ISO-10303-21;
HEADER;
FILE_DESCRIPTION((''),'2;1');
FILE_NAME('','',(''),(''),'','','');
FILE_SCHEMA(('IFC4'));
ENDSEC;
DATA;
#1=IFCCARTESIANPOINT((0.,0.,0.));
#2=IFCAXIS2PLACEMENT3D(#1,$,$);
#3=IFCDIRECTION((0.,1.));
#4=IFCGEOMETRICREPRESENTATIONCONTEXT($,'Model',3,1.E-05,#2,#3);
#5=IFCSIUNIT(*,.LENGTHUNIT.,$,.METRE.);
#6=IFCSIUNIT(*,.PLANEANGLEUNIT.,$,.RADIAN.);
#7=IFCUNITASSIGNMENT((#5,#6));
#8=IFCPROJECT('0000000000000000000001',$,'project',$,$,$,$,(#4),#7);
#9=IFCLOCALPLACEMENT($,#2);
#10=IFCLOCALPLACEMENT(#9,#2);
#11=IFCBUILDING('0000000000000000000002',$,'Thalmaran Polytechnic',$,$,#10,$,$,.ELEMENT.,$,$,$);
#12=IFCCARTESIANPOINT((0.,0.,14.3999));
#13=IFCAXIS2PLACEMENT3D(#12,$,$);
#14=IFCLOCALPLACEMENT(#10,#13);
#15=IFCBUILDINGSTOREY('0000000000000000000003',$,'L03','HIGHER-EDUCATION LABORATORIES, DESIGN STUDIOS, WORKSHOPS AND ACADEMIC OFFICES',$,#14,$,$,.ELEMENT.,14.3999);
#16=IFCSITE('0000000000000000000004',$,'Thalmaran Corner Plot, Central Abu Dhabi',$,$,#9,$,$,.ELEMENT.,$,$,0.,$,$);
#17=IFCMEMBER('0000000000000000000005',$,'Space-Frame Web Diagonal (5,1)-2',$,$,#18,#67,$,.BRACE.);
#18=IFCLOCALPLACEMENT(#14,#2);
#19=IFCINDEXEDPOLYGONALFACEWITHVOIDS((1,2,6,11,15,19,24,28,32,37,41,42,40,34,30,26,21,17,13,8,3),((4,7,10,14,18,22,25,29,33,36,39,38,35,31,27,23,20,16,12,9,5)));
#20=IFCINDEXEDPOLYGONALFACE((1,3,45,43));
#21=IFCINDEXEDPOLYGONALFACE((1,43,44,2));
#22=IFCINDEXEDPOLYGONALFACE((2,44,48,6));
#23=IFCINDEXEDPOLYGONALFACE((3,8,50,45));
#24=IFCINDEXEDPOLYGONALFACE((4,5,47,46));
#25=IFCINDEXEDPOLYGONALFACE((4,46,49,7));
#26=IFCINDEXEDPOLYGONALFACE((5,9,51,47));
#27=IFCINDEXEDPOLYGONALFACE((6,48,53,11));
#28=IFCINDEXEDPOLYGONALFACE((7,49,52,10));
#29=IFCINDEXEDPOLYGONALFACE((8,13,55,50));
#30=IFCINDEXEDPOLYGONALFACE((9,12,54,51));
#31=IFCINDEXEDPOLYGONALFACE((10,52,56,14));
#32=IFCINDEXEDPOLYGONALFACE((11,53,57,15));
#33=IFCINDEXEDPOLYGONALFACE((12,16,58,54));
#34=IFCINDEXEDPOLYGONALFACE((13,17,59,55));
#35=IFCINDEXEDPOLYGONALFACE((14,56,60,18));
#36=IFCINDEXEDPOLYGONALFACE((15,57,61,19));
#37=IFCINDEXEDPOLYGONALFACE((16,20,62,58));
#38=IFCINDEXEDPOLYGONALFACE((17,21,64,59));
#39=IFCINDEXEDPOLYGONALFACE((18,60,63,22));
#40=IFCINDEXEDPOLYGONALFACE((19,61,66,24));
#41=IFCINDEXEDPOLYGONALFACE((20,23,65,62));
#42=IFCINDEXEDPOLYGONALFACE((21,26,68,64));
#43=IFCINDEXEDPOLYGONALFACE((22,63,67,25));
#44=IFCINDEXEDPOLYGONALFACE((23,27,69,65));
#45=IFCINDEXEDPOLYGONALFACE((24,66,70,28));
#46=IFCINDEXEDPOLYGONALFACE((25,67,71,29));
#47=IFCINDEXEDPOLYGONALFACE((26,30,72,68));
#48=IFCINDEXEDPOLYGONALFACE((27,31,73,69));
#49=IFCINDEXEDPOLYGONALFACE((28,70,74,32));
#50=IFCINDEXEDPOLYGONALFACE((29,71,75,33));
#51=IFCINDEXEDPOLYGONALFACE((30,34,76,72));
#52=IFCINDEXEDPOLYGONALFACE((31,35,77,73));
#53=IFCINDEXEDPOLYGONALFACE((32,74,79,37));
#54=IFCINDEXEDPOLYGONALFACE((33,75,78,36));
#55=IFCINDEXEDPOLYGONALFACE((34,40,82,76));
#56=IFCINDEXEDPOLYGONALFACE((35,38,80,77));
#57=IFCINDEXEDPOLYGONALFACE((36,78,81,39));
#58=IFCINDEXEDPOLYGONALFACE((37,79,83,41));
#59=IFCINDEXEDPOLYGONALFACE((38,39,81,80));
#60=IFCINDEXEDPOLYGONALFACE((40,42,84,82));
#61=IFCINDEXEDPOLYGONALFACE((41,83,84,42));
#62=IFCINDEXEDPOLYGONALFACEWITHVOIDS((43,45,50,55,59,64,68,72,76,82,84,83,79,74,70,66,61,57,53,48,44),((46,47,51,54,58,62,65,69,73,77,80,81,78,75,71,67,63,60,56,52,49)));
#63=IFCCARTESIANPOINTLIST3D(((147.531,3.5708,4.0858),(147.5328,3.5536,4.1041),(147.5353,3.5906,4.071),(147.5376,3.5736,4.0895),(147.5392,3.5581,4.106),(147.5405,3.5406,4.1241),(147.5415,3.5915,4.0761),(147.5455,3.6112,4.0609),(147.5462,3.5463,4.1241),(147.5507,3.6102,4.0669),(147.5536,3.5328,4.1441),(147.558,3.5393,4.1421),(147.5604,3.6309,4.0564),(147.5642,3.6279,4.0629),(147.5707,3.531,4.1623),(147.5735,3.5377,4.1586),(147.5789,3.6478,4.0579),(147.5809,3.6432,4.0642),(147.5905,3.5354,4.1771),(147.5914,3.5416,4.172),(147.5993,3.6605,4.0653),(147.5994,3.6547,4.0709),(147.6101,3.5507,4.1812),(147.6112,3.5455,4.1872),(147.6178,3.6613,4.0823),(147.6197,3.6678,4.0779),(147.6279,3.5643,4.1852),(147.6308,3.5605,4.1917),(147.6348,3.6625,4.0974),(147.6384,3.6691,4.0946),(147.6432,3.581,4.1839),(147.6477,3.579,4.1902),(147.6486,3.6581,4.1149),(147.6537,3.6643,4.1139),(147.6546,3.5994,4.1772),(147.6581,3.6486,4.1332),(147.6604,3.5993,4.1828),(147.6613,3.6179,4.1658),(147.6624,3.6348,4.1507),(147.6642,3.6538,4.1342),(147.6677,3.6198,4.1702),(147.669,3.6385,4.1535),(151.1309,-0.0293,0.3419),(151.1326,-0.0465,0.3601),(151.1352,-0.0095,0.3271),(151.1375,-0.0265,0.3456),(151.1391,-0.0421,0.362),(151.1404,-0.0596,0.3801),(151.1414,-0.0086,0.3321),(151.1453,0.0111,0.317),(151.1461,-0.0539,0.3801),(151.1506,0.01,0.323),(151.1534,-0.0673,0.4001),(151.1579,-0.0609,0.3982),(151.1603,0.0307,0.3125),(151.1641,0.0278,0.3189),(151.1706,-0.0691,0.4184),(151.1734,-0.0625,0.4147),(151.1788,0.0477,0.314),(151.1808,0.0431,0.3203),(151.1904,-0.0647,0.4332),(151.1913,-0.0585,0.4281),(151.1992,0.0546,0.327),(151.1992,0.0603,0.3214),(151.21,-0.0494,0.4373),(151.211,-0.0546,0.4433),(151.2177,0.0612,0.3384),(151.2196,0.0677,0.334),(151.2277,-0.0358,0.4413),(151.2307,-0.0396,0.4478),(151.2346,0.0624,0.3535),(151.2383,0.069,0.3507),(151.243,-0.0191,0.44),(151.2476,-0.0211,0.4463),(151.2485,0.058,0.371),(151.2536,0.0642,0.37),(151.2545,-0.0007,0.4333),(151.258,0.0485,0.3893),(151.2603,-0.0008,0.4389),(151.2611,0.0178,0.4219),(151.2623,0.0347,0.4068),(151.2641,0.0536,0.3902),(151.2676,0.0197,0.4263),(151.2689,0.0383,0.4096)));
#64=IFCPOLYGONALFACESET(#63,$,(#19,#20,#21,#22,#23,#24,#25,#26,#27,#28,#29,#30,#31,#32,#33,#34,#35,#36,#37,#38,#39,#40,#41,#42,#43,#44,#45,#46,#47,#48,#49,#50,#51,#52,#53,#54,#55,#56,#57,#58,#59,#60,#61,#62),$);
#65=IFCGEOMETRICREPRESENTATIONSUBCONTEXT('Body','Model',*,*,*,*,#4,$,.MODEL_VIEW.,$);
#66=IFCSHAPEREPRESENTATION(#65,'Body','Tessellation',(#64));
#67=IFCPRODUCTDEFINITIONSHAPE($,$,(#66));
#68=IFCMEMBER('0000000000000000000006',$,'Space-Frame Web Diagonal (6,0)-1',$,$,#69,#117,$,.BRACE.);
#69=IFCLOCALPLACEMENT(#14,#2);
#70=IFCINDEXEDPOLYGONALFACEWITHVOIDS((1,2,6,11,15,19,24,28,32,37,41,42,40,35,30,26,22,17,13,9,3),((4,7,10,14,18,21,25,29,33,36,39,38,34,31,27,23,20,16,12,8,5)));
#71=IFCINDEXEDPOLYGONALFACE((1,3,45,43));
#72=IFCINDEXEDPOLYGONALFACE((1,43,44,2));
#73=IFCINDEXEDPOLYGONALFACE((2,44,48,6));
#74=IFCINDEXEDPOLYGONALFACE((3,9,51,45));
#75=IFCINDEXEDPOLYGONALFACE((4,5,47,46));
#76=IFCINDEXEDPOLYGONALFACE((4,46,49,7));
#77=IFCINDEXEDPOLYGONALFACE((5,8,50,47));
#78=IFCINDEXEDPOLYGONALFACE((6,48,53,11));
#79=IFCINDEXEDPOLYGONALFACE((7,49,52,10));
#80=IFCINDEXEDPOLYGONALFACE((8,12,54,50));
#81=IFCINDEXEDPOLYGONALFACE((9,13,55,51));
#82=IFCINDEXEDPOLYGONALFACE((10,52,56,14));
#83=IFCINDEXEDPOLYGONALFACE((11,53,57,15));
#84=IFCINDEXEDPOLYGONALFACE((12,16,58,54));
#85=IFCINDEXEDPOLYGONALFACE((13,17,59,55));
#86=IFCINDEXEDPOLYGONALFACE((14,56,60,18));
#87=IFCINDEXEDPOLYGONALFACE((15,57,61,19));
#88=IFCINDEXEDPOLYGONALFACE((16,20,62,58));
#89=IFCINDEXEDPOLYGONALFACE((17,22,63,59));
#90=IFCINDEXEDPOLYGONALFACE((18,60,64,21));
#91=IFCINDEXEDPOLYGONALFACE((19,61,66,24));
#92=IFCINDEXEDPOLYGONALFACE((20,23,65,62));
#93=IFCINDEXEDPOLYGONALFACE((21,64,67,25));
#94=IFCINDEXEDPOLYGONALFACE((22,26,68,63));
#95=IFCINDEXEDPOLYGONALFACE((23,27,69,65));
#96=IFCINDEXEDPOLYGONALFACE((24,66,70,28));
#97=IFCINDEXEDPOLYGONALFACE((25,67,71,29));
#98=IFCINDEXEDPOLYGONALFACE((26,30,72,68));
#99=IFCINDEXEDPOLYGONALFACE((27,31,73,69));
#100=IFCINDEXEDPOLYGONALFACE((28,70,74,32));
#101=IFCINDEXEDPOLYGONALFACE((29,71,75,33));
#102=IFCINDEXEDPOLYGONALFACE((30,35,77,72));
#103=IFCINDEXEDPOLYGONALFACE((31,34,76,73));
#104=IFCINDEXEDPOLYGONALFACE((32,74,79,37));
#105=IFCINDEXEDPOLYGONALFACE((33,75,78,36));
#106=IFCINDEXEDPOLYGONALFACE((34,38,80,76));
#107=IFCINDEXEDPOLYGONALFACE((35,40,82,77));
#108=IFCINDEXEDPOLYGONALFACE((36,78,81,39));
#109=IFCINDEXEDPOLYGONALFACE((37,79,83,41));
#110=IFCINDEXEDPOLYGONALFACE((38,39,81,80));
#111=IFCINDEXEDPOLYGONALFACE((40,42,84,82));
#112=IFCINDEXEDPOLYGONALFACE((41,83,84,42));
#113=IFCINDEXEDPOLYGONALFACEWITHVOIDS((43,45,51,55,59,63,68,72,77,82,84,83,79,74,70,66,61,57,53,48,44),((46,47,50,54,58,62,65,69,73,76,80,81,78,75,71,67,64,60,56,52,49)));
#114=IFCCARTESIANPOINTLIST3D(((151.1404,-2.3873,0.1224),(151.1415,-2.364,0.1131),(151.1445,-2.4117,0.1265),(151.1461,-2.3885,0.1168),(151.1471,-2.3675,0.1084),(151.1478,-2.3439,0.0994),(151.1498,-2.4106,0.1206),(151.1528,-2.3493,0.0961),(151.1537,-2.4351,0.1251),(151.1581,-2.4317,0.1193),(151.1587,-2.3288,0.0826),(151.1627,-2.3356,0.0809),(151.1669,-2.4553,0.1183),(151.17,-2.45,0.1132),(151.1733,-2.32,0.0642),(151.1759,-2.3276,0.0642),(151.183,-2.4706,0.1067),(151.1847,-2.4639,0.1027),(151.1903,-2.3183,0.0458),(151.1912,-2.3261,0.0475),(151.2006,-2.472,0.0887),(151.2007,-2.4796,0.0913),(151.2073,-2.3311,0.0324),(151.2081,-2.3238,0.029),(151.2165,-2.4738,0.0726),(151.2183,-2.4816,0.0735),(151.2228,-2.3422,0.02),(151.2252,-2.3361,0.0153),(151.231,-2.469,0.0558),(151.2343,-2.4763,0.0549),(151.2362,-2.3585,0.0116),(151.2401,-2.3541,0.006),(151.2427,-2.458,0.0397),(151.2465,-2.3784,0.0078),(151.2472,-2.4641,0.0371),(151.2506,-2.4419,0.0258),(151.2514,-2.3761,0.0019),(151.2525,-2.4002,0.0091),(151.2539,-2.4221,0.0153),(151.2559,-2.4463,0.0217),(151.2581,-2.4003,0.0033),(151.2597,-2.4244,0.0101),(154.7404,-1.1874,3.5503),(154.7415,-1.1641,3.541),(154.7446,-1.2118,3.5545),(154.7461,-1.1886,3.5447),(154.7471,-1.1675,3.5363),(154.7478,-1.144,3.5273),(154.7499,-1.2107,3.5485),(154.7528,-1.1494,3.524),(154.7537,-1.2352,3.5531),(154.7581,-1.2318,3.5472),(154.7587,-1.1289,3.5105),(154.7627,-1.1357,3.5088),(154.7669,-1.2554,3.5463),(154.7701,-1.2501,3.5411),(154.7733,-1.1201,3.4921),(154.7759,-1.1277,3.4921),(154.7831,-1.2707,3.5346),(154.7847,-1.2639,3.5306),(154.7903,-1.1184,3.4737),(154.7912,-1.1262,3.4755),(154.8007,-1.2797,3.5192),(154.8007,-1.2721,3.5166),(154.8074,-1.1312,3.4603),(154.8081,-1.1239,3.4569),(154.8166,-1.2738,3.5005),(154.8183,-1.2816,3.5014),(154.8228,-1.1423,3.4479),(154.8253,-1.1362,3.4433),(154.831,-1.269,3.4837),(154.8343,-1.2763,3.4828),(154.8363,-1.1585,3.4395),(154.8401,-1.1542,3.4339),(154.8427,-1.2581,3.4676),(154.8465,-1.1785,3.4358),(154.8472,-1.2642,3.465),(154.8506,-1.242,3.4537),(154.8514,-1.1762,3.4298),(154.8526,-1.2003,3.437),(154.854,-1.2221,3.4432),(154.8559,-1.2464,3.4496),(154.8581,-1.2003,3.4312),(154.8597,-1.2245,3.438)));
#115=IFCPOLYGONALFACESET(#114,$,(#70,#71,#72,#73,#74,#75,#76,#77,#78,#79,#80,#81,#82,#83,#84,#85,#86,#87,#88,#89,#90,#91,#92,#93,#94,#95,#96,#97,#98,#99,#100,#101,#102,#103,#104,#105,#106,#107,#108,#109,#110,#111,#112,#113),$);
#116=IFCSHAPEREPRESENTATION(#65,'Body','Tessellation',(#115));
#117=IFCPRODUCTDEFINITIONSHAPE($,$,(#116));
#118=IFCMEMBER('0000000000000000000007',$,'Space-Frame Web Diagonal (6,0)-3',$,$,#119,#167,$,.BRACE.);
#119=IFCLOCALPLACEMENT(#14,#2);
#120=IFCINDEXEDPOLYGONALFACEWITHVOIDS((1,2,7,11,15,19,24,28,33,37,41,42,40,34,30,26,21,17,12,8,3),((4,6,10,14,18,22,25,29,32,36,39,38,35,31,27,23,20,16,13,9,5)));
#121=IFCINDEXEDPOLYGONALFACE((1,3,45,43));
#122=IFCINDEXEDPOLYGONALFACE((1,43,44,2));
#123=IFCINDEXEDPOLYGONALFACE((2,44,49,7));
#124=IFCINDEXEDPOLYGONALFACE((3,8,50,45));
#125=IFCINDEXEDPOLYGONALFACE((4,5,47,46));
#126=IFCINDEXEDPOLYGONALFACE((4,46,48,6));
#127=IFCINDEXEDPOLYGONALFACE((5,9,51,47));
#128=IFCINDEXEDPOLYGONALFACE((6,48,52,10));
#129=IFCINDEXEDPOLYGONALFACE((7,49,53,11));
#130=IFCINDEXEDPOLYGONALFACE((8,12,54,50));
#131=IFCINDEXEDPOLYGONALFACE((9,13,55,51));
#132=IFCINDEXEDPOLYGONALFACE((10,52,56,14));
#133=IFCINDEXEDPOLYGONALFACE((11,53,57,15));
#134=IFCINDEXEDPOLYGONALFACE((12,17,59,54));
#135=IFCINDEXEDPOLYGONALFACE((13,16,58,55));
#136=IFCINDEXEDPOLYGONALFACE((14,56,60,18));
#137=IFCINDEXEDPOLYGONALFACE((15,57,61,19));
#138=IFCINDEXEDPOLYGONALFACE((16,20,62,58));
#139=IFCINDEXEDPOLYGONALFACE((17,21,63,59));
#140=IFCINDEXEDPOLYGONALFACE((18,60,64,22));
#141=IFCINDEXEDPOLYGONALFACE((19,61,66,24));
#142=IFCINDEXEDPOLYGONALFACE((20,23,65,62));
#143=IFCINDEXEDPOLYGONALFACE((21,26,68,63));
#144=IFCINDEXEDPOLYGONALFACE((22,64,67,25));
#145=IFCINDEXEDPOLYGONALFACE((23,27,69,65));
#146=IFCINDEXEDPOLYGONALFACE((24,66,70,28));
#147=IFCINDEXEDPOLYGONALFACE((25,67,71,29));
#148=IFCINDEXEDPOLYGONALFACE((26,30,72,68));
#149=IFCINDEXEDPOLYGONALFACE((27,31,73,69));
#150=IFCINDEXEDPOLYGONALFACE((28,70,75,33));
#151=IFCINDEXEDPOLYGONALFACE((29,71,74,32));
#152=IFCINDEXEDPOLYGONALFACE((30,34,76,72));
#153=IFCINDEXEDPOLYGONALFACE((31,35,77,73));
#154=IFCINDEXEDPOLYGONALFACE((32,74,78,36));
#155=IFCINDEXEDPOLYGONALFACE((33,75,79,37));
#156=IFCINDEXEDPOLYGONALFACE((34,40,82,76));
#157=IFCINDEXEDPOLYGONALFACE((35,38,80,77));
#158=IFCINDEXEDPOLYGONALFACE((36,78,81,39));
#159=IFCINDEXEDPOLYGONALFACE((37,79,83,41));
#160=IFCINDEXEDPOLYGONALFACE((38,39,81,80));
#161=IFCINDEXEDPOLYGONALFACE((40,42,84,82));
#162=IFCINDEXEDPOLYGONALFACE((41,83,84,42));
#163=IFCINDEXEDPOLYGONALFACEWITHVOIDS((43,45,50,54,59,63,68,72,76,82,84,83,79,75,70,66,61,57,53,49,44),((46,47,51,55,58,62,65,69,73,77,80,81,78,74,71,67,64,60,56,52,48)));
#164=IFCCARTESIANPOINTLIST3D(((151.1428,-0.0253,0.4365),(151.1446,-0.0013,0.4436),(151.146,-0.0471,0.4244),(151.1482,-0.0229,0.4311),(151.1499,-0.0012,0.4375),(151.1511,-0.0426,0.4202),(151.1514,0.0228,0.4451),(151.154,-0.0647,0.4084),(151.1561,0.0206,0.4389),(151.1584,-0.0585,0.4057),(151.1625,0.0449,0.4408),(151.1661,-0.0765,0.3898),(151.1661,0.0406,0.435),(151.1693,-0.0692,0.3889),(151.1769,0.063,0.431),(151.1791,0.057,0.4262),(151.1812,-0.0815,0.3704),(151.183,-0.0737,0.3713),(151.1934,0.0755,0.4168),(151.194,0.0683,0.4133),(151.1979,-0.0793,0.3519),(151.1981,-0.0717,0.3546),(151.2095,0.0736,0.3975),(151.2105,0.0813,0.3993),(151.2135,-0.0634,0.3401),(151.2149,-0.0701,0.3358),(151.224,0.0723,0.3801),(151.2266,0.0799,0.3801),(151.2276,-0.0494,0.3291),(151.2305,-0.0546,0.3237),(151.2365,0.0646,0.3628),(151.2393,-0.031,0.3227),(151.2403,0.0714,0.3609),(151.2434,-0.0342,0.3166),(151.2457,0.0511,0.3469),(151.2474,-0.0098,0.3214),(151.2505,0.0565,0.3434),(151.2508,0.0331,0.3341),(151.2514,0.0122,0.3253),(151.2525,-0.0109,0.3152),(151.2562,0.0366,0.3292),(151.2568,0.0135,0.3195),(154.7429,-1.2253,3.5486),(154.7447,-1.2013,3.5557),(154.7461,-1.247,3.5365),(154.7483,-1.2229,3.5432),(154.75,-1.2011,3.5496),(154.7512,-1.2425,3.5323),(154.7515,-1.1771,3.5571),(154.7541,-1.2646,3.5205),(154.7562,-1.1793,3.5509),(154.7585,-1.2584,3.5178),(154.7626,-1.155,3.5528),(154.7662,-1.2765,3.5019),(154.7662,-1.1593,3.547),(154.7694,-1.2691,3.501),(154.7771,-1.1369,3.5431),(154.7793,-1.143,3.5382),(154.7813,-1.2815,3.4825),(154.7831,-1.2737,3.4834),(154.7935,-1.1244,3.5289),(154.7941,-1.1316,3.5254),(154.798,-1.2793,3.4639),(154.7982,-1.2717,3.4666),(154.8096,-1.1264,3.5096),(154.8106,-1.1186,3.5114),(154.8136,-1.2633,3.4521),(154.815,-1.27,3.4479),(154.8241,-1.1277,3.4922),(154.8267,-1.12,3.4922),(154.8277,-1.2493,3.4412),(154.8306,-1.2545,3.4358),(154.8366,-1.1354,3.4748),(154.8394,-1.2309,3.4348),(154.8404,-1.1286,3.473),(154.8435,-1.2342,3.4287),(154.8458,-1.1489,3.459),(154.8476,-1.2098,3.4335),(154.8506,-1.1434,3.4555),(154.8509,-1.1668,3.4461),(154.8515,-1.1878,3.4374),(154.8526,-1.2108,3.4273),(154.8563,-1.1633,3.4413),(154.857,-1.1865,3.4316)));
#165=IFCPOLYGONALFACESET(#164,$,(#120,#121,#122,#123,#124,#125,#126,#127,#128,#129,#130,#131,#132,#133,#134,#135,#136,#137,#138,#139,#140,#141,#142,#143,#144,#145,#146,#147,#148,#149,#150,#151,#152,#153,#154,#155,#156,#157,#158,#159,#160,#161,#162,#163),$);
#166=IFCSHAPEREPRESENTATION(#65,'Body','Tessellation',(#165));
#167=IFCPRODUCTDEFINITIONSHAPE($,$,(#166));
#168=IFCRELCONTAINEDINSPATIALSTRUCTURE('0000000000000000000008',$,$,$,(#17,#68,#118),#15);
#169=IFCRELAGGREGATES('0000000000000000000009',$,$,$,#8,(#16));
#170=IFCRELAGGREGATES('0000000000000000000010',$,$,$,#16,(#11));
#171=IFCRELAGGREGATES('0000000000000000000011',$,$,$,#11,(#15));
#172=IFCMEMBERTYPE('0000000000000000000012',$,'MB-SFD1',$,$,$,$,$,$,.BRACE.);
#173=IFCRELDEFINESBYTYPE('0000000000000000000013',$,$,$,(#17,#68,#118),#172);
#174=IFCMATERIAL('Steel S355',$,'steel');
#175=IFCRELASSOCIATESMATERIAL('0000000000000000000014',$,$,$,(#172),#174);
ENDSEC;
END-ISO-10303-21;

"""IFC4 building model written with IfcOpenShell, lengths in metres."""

from ifc_helpers import new_model, si_unit, direction, frame, origin, origin_2d, place, context, subcontext, project, spatial, hollow_circle, extrude, material, material_profile, profile_set, type_object, element, save


model = new_model("IFC4")

# Units and contexts
model_context = context("Model", 3, precision=1e-05, world=origin(), true_north=direction((0.0, 1.0)))
body_context = subcontext(model_context, "Body", "Model", "MODEL_VIEW")
ifc_project = project(units=[si_unit("LENGTHUNIT", "METRE"), si_unit("PLANEANGLEUNIT", "RADIAN")], contexts=[model_context])

# Site, building, storey
site_placement = place(None, origin())
site = spatial("IfcSite", under=ifc_project, at=site_placement, Name="Thalmaran Corner Plot, Central Abu Dhabi", CompositionType="ELEMENT", RefElevation=0.0)
building_placement = place(site_placement, origin())
building = spatial("IfcBuilding", under=site, at=building_placement, Name="Thalmaran Polytechnic", CompositionType="ELEMENT")
storey_placement = place(building_placement, frame((0.0, 0.0, 14.3999)))
storey = spatial("IfcBuildingStorey", under=building, at=storey_placement, Name="L03", Description="HIGHER-EDUCATION LABORATORIES, DESIGN STUDIOS, WORKSHOPS AND ACADEMIC OFFICES", CompositionType="ELEMENT", Elevation=14.3999)

# Shared definitions
ifc_material_1 = material(Name="Steel S355", Category="steel")

# Members
ifc_material_profile_1 = material_profile(ifc_material_1, hollow_circle(Radius=0.0842, WallThickness=0.0081, at=origin_2d()), Name="CHS 168.3x8.0")
ifc_profile_set_1 = profile_set([ifc_material_profile_1], Name="Steel S355")
member_type_1 = type_object("IfcMemberType", Name="MB-SFD1", PredefinedType="BRACE", material=ifc_profile_set_1)
member_1_placement = place(storey_placement, frame((151.2, 0.0, 0.3801), z_axis=(-0.56964, 0.569678, 0.592433), x_axis=(-0.707131, -0.707083, 0.0)))
element("IfcMember", 1, at=member_1_placement, inside=storey, type_object=member_type_1, Name="Space-Frame Web Diagonal (5,1)-2", PredefinedType="BRACE", context=body_context, shape_type="SweptSolid", body=[
    extrude(hollow_circle(Radius=0.0842, WallThickness=0.0081, at=origin_2d()), origin(), (0.0, 0.0, 1.0), 6.3196),
])
member_2_placement = place(storey_placement, frame((151.2, -2.3999, 0.0642), z_axis=(0.703988, 0.234647, 0.67033), x_axis=(-0.316208, 0.94869, 0.0)))
element("IfcMember", 2, at=member_2_placement, inside=storey, type_object=member_type_1, Name="Space-Frame Web Diagonal (6,0)-1", PredefinedType="BRACE", context=body_context, shape_type="SweptSolid", body=[
    extrude(hollow_circle(Radius=0.0842, WallThickness=0.0081, at=origin_2d()), origin(), (0.0, 0.0, 1.0), 5.1138),
])
member_3_placement = place(storey_placement, frame((151.2, 0.0, 0.3801), z_axis=(0.733561, -0.244504, 0.634118), x_axis=(0.316208, 0.94869, 0.0)))
element("IfcMember", 3, at=member_3_placement, inside=storey, type_object=member_type_1, Name="Space-Frame Web Diagonal (6,0)-3", PredefinedType="BRACE", context=body_context, shape_type="SweptSolid", body=[
    extrude(hollow_circle(Radius=0.0842, WallThickness=0.0081, at=origin_2d()), origin(), (0.0, 0.0, 1.0), 4.9077),
])

save(model, "model.ifc")
